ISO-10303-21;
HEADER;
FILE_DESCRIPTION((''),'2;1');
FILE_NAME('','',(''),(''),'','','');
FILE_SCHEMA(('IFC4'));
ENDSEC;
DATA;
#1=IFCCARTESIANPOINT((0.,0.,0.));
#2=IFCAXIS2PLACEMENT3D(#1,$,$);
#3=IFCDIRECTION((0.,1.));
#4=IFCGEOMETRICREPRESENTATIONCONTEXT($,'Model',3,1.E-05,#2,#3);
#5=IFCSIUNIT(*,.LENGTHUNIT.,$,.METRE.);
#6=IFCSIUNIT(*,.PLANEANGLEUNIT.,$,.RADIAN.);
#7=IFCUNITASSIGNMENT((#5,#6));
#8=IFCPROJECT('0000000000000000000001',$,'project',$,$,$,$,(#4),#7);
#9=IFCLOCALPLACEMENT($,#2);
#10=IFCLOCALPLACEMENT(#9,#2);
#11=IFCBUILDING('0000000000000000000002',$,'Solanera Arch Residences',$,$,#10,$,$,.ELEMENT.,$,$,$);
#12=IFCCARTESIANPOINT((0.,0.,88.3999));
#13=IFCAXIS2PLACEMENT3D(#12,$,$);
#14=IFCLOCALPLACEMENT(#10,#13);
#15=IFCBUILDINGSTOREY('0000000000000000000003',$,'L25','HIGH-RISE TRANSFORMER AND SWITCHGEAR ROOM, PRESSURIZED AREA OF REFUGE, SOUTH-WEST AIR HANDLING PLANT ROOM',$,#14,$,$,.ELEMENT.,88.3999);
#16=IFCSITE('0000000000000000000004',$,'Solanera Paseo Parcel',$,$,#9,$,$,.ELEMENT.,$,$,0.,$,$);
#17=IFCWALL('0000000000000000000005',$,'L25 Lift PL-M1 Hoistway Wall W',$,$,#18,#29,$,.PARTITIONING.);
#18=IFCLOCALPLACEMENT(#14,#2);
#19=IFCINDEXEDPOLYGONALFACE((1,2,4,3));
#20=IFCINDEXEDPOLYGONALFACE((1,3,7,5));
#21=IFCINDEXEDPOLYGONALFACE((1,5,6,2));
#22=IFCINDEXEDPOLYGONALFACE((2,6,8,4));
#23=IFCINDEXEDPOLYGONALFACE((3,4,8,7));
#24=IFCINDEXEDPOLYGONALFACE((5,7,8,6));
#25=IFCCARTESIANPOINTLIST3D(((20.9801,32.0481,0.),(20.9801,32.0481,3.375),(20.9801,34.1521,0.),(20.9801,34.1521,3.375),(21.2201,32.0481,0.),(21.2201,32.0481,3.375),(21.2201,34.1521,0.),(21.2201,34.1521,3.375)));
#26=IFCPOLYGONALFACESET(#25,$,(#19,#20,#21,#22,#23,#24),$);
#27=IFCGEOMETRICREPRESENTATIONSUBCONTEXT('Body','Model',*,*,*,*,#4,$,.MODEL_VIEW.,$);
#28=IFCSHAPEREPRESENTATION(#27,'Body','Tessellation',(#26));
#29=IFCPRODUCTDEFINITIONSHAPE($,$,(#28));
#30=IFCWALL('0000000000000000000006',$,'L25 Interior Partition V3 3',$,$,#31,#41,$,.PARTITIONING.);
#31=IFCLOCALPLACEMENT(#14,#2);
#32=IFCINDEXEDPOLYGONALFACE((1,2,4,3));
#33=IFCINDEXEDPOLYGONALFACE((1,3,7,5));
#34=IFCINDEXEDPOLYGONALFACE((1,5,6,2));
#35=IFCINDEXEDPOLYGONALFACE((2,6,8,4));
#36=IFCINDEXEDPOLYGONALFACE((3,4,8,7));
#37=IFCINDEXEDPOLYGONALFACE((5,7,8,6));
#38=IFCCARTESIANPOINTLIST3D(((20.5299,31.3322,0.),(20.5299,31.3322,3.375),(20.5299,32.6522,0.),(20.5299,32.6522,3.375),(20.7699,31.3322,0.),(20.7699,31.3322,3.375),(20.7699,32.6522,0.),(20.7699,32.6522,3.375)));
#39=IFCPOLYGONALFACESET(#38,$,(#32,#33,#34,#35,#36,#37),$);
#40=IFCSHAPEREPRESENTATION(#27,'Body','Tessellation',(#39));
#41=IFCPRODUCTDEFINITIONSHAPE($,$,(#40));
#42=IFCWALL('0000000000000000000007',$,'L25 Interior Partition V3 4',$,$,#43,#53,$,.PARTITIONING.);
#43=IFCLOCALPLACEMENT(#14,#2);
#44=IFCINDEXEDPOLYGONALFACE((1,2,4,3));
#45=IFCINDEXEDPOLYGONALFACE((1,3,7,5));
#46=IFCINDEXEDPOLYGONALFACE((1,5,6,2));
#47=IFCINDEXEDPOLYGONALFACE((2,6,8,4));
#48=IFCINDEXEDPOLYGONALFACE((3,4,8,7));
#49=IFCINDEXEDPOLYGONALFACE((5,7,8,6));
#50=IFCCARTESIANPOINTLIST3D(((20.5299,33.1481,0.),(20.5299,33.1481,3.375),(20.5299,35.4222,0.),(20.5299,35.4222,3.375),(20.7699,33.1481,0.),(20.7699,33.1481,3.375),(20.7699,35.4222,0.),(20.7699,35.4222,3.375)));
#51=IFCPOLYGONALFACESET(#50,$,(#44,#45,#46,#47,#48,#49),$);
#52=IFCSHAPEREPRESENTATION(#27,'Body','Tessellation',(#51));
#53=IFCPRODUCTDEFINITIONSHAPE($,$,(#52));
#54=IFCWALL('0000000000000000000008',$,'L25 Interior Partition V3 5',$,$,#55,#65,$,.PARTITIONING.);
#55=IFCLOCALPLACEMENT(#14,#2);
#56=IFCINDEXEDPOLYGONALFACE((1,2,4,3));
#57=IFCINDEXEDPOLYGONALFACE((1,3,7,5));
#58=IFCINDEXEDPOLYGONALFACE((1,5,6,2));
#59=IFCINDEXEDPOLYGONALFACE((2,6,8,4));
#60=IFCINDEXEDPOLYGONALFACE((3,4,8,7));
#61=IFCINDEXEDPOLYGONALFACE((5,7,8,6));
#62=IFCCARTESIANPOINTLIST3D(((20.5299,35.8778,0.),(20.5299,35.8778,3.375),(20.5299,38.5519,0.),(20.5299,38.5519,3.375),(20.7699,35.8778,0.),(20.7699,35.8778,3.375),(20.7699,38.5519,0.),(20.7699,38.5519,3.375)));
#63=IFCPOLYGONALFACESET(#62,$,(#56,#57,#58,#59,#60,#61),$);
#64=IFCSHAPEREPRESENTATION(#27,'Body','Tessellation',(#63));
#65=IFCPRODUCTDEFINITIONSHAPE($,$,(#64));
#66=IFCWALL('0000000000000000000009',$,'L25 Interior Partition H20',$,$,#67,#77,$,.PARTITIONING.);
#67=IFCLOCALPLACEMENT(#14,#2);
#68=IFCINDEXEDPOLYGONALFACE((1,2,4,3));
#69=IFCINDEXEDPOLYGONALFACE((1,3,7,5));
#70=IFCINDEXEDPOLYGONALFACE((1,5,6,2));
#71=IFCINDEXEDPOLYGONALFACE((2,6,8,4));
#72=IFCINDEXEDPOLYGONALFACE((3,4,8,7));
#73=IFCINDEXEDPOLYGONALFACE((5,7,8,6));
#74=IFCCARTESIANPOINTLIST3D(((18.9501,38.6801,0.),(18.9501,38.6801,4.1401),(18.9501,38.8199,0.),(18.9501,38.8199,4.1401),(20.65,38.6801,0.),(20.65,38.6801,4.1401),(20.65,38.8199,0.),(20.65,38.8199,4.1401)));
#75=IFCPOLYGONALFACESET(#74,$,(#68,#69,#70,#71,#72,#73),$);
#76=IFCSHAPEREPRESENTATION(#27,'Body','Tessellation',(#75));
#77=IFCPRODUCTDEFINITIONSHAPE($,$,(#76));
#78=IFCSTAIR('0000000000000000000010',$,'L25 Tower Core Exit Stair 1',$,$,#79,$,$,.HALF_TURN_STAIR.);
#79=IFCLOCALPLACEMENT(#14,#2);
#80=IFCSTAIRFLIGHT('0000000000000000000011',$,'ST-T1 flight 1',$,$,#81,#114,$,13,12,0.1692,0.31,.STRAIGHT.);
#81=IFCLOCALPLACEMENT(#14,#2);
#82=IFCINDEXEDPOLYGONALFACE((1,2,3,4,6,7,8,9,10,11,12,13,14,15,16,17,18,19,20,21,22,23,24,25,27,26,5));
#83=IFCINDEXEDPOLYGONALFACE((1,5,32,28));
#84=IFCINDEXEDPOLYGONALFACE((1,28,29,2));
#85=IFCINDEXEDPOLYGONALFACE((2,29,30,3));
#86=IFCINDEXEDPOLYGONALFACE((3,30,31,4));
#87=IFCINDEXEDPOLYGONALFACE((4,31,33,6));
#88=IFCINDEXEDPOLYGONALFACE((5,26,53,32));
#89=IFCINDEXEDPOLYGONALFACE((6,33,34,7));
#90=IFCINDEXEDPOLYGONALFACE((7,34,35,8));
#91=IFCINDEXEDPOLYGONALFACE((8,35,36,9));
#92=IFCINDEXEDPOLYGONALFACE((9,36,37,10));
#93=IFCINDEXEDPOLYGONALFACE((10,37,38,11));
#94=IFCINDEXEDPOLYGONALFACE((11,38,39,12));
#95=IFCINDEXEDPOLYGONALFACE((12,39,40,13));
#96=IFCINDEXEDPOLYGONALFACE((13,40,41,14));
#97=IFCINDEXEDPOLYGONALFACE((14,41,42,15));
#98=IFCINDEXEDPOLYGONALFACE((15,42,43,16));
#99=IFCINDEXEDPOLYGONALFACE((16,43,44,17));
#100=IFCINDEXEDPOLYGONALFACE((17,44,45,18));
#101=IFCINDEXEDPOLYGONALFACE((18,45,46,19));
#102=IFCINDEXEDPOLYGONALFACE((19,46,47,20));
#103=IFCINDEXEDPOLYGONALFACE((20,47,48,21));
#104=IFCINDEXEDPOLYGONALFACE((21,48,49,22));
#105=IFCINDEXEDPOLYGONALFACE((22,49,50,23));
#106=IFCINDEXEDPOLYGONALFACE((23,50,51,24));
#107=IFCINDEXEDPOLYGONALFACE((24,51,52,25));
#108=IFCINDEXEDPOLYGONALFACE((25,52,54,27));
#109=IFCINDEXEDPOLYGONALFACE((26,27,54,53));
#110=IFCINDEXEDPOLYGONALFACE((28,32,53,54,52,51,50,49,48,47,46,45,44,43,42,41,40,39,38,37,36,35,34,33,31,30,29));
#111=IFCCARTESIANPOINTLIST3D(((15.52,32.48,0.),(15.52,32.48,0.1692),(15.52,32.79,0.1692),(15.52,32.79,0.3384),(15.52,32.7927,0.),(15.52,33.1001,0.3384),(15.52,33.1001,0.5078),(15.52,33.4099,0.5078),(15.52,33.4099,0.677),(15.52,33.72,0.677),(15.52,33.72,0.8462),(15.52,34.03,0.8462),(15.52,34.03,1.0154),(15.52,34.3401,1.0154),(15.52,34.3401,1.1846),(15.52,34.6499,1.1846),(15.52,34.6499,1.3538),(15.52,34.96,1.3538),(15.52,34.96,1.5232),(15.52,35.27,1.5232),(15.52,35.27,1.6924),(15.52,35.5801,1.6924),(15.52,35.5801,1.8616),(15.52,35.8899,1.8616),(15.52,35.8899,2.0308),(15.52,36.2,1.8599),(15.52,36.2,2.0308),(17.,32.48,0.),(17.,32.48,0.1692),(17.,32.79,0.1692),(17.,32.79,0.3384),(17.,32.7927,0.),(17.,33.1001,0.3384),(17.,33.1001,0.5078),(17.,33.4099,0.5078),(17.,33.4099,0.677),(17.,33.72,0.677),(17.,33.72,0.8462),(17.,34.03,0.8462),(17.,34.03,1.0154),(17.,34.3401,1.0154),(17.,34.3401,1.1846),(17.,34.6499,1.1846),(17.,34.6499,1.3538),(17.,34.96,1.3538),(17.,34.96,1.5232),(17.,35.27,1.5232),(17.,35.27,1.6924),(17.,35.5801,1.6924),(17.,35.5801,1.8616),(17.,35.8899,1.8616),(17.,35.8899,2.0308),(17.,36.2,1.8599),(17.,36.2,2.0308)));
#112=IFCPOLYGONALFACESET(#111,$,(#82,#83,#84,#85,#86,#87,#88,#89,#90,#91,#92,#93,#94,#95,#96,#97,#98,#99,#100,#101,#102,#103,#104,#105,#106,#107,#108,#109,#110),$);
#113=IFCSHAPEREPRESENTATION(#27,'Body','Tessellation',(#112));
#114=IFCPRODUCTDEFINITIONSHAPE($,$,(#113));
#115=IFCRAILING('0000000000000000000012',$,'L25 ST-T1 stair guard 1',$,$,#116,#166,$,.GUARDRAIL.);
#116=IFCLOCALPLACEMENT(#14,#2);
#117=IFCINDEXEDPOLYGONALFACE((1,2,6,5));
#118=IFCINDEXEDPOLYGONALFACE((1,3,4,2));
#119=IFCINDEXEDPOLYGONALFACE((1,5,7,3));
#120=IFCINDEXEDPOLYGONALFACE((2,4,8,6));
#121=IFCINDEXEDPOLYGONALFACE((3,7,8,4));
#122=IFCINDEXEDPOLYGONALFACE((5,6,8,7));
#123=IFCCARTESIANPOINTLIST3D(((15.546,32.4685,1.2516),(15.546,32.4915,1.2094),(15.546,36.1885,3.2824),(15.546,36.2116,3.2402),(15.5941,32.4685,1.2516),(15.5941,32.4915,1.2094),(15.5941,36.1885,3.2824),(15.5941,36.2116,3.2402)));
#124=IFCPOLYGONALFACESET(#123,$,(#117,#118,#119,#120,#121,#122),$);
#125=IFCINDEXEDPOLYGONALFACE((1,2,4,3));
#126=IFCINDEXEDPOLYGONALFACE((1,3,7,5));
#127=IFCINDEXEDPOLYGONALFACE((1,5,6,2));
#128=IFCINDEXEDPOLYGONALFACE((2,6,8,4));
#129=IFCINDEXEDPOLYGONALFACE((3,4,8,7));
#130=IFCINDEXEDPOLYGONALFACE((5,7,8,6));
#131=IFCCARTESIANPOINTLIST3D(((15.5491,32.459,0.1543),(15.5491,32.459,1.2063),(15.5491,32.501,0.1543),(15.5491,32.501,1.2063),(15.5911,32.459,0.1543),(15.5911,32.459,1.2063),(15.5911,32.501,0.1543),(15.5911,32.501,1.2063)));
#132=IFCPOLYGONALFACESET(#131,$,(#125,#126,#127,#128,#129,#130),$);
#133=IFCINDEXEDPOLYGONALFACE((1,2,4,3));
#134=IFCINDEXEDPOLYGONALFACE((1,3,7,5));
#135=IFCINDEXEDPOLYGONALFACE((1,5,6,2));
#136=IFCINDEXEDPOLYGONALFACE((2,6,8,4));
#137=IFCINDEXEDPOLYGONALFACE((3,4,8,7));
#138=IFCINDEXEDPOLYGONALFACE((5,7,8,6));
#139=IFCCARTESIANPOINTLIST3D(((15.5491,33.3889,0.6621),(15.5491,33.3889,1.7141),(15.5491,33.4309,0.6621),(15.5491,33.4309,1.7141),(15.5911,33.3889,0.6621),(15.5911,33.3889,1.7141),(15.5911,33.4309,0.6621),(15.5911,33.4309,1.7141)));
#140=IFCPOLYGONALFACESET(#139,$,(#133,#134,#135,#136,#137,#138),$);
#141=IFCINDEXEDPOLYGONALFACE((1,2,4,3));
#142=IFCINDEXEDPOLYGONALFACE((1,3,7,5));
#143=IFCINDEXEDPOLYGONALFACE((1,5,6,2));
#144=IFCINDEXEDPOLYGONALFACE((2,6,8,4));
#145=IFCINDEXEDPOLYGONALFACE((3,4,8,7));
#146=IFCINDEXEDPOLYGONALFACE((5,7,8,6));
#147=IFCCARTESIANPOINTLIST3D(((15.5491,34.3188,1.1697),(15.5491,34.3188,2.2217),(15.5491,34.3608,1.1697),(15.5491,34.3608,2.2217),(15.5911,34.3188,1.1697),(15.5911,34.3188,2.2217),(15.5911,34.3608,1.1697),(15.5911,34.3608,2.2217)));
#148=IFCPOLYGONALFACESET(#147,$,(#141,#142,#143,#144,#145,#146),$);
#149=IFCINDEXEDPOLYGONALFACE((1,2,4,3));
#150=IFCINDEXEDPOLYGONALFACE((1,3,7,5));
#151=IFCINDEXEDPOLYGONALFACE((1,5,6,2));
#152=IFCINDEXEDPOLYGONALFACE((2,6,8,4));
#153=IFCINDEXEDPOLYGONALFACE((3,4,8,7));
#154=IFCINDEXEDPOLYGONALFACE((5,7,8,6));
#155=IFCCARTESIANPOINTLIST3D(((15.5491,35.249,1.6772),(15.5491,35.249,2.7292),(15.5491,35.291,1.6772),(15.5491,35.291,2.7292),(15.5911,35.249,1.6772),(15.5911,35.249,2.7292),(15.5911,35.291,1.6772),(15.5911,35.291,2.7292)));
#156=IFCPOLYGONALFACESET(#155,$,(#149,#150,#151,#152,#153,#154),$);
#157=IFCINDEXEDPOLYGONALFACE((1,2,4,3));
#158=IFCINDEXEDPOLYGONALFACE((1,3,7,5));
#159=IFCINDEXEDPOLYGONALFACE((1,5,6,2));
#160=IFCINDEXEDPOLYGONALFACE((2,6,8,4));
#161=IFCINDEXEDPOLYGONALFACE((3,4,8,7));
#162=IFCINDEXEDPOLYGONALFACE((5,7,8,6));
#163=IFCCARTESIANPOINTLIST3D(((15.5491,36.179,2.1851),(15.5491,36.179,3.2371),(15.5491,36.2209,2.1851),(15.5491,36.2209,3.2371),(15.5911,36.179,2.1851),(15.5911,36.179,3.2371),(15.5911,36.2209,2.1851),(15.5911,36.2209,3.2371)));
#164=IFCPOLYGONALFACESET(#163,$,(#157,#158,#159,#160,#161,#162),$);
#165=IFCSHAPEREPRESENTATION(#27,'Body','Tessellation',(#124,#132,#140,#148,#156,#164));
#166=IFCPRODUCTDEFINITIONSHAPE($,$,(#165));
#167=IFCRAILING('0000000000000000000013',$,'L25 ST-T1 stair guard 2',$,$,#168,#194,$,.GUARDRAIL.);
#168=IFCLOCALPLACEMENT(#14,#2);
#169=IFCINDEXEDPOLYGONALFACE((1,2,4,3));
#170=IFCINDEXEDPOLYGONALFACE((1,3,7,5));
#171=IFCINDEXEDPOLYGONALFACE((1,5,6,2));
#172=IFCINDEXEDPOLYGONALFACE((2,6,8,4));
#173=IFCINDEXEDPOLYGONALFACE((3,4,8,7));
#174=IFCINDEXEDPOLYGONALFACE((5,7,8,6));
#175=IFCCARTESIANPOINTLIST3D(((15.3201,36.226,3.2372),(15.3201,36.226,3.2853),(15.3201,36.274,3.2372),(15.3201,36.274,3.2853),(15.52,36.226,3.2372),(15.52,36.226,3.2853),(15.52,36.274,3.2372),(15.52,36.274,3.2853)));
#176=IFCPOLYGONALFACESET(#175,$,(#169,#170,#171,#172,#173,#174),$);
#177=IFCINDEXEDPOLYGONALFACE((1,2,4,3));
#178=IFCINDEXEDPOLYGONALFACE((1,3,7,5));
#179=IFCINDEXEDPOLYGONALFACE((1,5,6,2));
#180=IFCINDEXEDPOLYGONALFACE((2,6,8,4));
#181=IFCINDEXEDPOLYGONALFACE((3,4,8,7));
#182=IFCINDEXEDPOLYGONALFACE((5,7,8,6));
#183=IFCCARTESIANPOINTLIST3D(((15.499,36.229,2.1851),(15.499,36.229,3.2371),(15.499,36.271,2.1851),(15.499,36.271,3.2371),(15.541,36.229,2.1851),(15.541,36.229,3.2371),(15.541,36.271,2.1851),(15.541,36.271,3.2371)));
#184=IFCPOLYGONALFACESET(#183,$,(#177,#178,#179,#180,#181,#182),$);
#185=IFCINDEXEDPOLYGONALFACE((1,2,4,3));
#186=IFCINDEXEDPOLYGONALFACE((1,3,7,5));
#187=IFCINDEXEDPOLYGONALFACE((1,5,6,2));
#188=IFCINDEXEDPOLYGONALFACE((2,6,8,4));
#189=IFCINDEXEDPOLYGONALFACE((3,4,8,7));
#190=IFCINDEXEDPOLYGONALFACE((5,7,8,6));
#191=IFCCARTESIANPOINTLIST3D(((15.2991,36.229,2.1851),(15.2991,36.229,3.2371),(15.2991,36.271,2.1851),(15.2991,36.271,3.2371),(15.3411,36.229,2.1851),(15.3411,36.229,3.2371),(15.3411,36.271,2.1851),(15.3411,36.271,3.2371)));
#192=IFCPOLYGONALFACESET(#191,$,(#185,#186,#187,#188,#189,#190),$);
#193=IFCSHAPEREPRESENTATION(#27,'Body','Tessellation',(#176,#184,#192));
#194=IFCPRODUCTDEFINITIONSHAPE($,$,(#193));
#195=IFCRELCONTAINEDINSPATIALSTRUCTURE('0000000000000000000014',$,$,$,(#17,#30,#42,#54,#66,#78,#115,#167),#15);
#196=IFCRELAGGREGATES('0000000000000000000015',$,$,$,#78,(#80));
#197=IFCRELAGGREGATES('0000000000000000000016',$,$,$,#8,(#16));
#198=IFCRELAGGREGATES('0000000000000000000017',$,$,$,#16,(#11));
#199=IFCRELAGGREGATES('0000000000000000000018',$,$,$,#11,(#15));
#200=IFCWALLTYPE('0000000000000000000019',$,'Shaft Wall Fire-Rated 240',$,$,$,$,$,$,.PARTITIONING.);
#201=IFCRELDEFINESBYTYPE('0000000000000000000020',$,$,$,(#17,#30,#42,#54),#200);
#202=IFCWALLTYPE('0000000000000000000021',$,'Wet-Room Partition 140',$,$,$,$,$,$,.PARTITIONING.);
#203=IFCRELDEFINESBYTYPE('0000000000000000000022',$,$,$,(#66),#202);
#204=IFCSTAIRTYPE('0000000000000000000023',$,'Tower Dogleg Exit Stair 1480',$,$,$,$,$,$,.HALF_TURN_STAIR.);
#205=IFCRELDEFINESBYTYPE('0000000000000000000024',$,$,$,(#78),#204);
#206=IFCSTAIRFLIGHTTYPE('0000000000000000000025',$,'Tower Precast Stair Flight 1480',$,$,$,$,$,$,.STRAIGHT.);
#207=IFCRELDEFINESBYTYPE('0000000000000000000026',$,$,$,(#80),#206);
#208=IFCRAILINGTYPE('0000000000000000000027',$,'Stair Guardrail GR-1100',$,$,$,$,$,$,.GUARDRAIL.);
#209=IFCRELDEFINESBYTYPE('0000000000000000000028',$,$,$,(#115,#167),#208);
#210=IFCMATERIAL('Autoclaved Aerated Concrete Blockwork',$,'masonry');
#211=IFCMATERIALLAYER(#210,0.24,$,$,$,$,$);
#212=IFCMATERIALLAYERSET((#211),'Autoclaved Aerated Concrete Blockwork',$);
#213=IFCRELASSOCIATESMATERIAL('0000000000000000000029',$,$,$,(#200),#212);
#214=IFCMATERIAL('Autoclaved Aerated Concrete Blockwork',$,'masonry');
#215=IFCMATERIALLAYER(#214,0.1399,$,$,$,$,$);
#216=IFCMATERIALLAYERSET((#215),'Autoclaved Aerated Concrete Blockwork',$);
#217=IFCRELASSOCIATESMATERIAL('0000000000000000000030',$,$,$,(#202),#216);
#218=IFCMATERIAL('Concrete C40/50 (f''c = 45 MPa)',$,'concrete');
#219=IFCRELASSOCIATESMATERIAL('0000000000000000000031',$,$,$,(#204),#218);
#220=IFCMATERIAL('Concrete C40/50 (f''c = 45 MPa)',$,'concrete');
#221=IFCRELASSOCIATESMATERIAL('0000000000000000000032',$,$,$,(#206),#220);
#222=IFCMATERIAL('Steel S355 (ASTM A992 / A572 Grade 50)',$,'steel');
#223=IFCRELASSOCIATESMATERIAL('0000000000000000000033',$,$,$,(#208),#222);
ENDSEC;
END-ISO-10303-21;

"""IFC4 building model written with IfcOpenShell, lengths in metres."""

from ifc_helpers import new_model, si_unit, direction, frame, frame_2d, origin, origin_2d, place, context, subcontext, project, spatial, polyline, rectangle, outline, extrude, material, layer, layer_set, type_object, element, aggregate, save


model = new_model("IFC4")

# Units and contexts
model_context = context("Model", 3, precision=1e-05, world=origin(), true_north=direction((0.0, 1.0)))
body_context = subcontext(model_context, "Body", "Model", "MODEL_VIEW")
ifc_project = project(units=[si_unit("LENGTHUNIT", "METRE"), si_unit("PLANEANGLEUNIT", "RADIAN")], contexts=[model_context])

# Site, building, storey
site_placement = place(None, origin())
site = spatial("IfcSite", under=ifc_project, at=site_placement, Name="Solanera Paseo Parcel", CompositionType="ELEMENT", RefElevation=0.0)
building_placement = place(site_placement, origin())
building = spatial("IfcBuilding", under=site, at=building_placement, Name="Solanera Arch Residences", CompositionType="ELEMENT")
storey_placement = place(building_placement, frame((0.0, 0.0, 88.3999)))
storey = spatial("IfcBuildingStorey", under=building, at=storey_placement, Name="L25", Description="HIGH-RISE TRANSFORMER AND SWITCHGEAR ROOM, PRESSURIZED AREA OF REFUGE, SOUTH-WEST AIR HANDLING PLANT ROOM", CompositionType="ELEMENT", Elevation=88.3999)

# Wall
ifc_material_1 = material(Name="Autoclaved Aerated Concrete Blockwork", Category="masonry")
ifc_layer_1 = layer(ifc_material_1, 0.24)
ifc_layer_set_1 = layer_set([ifc_layer_1], Name="Autoclaved Aerated Concrete Blockwork")
wall_type_1 = type_object("IfcWallType", Name="Shaft Wall Fire-Rated 240", PredefinedType="PARTITIONING", material=ifc_layer_set_1)
wall_1_placement = place(storey_placement, frame((21.1001, 32.0481, 0.0), z_axis=(0.0, 0.0, 1.0), x_axis=(0.0, 1.0, 0.0)))
element("IfcWall", 1, at=wall_1_placement, inside=storey, type_object=wall_type_1, Name="L25 Lift PL-M1 Hoistway Wall W", PredefinedType="PARTITIONING", context=body_context, shape_type="SweptSolid", body=[
    extrude(rectangle(XDim=2.104, YDim=0.24, at=frame_2d((1.052, 0.0))), origin(), (0.0, 0.0, 1.0), 3.375),
])

# Walls
wall_2_placement = place(storey_placement, frame((20.6499, 31.332, 0.0), z_axis=(0.0, 0.0, 1.0), x_axis=(0.0, 1.0, 0.0)))
element("IfcWall", 2, at=wall_2_placement, inside=storey, type_object=wall_type_1, Name="L25 Interior Partition V3 3", PredefinedType="PARTITIONING", context=body_context, shape_type="SweptSolid", body=[
    extrude(rectangle(XDim=1.3201, YDim=0.24, at=frame_2d((0.6602, 0.0))), origin(), (0.0, 0.0, 1.0), 3.375),
])
wall_3_placement = place(storey_placement, frame((20.6499, 33.1479, 0.0), z_axis=(0.0, 0.0, 1.0), x_axis=(0.0, 1.0, 0.0)))
element("IfcWall", 3, at=wall_3_placement, inside=storey, type_object=wall_type_1, Name="L25 Interior Partition V3 4", PredefinedType="PARTITIONING", context=body_context, shape_type="SweptSolid", body=[
    extrude(rectangle(XDim=2.2742, YDim=0.24, at=frame_2d((1.1372, 0.0))), origin(), (0.0, 0.0, 1.0), 3.375),
])
wall_4_placement = place(storey_placement, frame((20.6499, 35.8779, 0.0), z_axis=(0.0, 0.0, 1.0), x_axis=(0.0, 1.0, 0.0)))
element("IfcWall", 4, at=wall_4_placement, inside=storey, type_object=wall_type_1, Name="L25 Interior Partition V3 5", PredefinedType="PARTITIONING", context=body_context, shape_type="SweptSolid", body=[
    extrude(rectangle(XDim=2.6741, YDim=0.24, at=frame_2d((1.3369, 0.0))), origin(), (0.0, 0.0, 1.0), 3.375),
])
ifc_material_2 = material(Name="Autoclaved Aerated Concrete Blockwork", Category="masonry")
ifc_layer_2 = layer(ifc_material_2, 0.1399)
ifc_layer_set_2 = layer_set([ifc_layer_2], Name="Autoclaved Aerated Concrete Blockwork")
wall_type_2 = type_object("IfcWallType", Name="Wet-Room Partition 140", PredefinedType="PARTITIONING", material=ifc_layer_set_2)
wall_5_placement = place(storey_placement, frame((18.95, 38.75, 0.0), z_axis=(0.0, 0.0, 1.0), x_axis=(1.0, 0.0, 0.0)))
element("IfcWall", 5, at=wall_5_placement, inside=storey, type_object=wall_type_2, Name="L25 Interior Partition H20", PredefinedType="PARTITIONING", context=body_context, shape_type="SweptSolid", body=[
    extrude(rectangle(XDim=1.7, YDim=0.1399, at=frame_2d((0.8501, 0.0))), origin(), (0.0, 0.0, 1.0), 4.1401),
])

# Stair, stair flight
ifc_material_3 = material(Name="Concrete C40/50 (f'c = 45 MPa)", Category="concrete")
stair_type = type_object("IfcStairType", Name="Tower Dogleg Exit Stair 1480", PredefinedType="HALF_TURN_STAIR", material=ifc_material_3)
stair_placement = place(storey_placement, origin())
stair = element("IfcStair", 6, at=stair_placement, inside=storey, type_object=stair_type, Name="L25 Tower Core Exit Stair 1", PredefinedType="HALF_TURN_STAIR")
ifc_material_4 = material(Name="Concrete C40/50 (f'c = 45 MPa)", Category="concrete")
stair_flight_type = type_object("IfcStairFlightType", Name="Tower Precast Stair Flight 1480", PredefinedType="STRAIGHT", material=ifc_material_4)
stair_flight_placement = place(storey_placement, frame((16.26, 32.48, 0.0), z_axis=(0.0, 0.0, 1.0), x_axis=(0.0, 1.0, 0.0)))
stair_flight = element("IfcStairFlight", 7, at=stair_flight_placement, type_object=stair_flight_type, Name="ST-T1 flight 1", NumberOfRisers=13, NumberOfTreads=12, PredefinedType="STRAIGHT", RiserHeight=0.1692, TreadLength=0.31, context=body_context, shape_type="SweptSolid", body=[
    extrude(outline(polyline([(0.0, 0.0), (0.0, 0.1692), (0.3101, 0.1692), (0.3101, 0.3384), (0.6201, 0.3384), (0.6201, 0.5078), (0.9299, 0.5078), (0.9299, 0.677), (1.24, 0.677), (1.24, 0.8462), (1.55, 0.8462), (1.55, 1.0154), (1.8601, 1.0154), (1.8601, 1.1846), (2.1699, 1.1846), (2.1699, 1.3538), (2.48, 1.3538), (2.48, 1.5232), (2.79, 1.5232), (2.79, 1.6924), (3.1001, 1.6924), (3.1001, 1.8616), (3.4099, 1.8616), (3.4099, 2.0308), (3.72, 2.0308), (3.72, 2.2), (3.72, 1.8599), (0.3127, 0.0), (0.0, 0.0)])), frame((0.0, 0.74, 0.0), z_axis=(0.0, -1.0, 0.0), x_axis=(1.0, 0.0, 0.0)), (0.0, 0.0, 1.0), 1.48),
])
aggregate(stair, [stair_flight])

# Railings
ifc_material_5 = material(Name="Steel S355 (ASTM A992 / A572 Grade 50)", Category="steel")
railing_type_1 = type_object("IfcRailingType", Name="Stair Guardrail GR-1100", PredefinedType="GUARDRAIL", material=ifc_material_5)
railing_1_placement = place(storey_placement, frame((15.5701, 32.48, 0.1543)))
element("IfcRailing", 8, at=railing_1_placement, inside=storey, type_object=railing_type_1, Name="L25 ST-T1 stair guard 1", PredefinedType="GUARDRAIL", context=body_context, shape_type="SweptSolid", body=[
    extrude(rectangle(XDim=0.0481, YDim=0.0481, at=origin_2d()), frame((0.0, 0.0, 1.0762), z_axis=(0.0, 0.877728, 0.479159), x_axis=(-1.0, 0.0, 0.0)), (0.0, 0.0, 1.0), 4.2383),
    extrude(rectangle(XDim=0.042, YDim=0.042, at=origin_2d()), origin(), (0.0, 0.0, 1.0), 1.052),
    extrude(rectangle(XDim=0.042, YDim=0.042, at=origin_2d()), frame((0.0, 0.9299, 0.5078)), (0.0, 0.0, 1.0), 1.052),
    extrude(rectangle(XDim=0.042, YDim=0.042, at=origin_2d()), frame((0.0, 1.8599, 1.0154)), (0.0, 0.0, 1.0), 1.052),
    extrude(rectangle(XDim=0.042, YDim=0.042, at=origin_2d()), frame((0.0, 2.79, 1.5229)), (0.0, 0.0, 1.0), 1.052),
    extrude(rectangle(XDim=0.042, YDim=0.042, at=origin_2d()), frame((0.0, 3.72, 2.0308)), (0.0, 0.0, 1.0), 1.052),
])
railing_2_placement = place(storey_placement, frame((15.52, 36.25, 2.1851)))
element("IfcRailing", 9, at=railing_2_placement, inside=storey, type_object=railing_type_1, Name="L25 ST-T1 stair guard 2", PredefinedType="GUARDRAIL", context=body_context, shape_type="SweptSolid", body=[
    extrude(rectangle(XDim=0.0481, YDim=0.0481, at=origin_2d()), frame((0.0, 0.0, 1.0762), z_axis=(-1.0, 0.0, 0.0), x_axis=(0.0, -1.0, 0.0)), (0.0, 0.0, 1.0), 0.2),
    extrude(rectangle(XDim=0.042, YDim=0.042, at=origin_2d()), origin(), (0.0, 0.0, 1.0), 1.052),
    extrude(rectangle(XDim=0.042, YDim=0.042, at=origin_2d()), frame((-0.2, 0.0, 0.0)), (0.0, 0.0, 1.0), 1.052),
])

save(model, "model.ifc")
